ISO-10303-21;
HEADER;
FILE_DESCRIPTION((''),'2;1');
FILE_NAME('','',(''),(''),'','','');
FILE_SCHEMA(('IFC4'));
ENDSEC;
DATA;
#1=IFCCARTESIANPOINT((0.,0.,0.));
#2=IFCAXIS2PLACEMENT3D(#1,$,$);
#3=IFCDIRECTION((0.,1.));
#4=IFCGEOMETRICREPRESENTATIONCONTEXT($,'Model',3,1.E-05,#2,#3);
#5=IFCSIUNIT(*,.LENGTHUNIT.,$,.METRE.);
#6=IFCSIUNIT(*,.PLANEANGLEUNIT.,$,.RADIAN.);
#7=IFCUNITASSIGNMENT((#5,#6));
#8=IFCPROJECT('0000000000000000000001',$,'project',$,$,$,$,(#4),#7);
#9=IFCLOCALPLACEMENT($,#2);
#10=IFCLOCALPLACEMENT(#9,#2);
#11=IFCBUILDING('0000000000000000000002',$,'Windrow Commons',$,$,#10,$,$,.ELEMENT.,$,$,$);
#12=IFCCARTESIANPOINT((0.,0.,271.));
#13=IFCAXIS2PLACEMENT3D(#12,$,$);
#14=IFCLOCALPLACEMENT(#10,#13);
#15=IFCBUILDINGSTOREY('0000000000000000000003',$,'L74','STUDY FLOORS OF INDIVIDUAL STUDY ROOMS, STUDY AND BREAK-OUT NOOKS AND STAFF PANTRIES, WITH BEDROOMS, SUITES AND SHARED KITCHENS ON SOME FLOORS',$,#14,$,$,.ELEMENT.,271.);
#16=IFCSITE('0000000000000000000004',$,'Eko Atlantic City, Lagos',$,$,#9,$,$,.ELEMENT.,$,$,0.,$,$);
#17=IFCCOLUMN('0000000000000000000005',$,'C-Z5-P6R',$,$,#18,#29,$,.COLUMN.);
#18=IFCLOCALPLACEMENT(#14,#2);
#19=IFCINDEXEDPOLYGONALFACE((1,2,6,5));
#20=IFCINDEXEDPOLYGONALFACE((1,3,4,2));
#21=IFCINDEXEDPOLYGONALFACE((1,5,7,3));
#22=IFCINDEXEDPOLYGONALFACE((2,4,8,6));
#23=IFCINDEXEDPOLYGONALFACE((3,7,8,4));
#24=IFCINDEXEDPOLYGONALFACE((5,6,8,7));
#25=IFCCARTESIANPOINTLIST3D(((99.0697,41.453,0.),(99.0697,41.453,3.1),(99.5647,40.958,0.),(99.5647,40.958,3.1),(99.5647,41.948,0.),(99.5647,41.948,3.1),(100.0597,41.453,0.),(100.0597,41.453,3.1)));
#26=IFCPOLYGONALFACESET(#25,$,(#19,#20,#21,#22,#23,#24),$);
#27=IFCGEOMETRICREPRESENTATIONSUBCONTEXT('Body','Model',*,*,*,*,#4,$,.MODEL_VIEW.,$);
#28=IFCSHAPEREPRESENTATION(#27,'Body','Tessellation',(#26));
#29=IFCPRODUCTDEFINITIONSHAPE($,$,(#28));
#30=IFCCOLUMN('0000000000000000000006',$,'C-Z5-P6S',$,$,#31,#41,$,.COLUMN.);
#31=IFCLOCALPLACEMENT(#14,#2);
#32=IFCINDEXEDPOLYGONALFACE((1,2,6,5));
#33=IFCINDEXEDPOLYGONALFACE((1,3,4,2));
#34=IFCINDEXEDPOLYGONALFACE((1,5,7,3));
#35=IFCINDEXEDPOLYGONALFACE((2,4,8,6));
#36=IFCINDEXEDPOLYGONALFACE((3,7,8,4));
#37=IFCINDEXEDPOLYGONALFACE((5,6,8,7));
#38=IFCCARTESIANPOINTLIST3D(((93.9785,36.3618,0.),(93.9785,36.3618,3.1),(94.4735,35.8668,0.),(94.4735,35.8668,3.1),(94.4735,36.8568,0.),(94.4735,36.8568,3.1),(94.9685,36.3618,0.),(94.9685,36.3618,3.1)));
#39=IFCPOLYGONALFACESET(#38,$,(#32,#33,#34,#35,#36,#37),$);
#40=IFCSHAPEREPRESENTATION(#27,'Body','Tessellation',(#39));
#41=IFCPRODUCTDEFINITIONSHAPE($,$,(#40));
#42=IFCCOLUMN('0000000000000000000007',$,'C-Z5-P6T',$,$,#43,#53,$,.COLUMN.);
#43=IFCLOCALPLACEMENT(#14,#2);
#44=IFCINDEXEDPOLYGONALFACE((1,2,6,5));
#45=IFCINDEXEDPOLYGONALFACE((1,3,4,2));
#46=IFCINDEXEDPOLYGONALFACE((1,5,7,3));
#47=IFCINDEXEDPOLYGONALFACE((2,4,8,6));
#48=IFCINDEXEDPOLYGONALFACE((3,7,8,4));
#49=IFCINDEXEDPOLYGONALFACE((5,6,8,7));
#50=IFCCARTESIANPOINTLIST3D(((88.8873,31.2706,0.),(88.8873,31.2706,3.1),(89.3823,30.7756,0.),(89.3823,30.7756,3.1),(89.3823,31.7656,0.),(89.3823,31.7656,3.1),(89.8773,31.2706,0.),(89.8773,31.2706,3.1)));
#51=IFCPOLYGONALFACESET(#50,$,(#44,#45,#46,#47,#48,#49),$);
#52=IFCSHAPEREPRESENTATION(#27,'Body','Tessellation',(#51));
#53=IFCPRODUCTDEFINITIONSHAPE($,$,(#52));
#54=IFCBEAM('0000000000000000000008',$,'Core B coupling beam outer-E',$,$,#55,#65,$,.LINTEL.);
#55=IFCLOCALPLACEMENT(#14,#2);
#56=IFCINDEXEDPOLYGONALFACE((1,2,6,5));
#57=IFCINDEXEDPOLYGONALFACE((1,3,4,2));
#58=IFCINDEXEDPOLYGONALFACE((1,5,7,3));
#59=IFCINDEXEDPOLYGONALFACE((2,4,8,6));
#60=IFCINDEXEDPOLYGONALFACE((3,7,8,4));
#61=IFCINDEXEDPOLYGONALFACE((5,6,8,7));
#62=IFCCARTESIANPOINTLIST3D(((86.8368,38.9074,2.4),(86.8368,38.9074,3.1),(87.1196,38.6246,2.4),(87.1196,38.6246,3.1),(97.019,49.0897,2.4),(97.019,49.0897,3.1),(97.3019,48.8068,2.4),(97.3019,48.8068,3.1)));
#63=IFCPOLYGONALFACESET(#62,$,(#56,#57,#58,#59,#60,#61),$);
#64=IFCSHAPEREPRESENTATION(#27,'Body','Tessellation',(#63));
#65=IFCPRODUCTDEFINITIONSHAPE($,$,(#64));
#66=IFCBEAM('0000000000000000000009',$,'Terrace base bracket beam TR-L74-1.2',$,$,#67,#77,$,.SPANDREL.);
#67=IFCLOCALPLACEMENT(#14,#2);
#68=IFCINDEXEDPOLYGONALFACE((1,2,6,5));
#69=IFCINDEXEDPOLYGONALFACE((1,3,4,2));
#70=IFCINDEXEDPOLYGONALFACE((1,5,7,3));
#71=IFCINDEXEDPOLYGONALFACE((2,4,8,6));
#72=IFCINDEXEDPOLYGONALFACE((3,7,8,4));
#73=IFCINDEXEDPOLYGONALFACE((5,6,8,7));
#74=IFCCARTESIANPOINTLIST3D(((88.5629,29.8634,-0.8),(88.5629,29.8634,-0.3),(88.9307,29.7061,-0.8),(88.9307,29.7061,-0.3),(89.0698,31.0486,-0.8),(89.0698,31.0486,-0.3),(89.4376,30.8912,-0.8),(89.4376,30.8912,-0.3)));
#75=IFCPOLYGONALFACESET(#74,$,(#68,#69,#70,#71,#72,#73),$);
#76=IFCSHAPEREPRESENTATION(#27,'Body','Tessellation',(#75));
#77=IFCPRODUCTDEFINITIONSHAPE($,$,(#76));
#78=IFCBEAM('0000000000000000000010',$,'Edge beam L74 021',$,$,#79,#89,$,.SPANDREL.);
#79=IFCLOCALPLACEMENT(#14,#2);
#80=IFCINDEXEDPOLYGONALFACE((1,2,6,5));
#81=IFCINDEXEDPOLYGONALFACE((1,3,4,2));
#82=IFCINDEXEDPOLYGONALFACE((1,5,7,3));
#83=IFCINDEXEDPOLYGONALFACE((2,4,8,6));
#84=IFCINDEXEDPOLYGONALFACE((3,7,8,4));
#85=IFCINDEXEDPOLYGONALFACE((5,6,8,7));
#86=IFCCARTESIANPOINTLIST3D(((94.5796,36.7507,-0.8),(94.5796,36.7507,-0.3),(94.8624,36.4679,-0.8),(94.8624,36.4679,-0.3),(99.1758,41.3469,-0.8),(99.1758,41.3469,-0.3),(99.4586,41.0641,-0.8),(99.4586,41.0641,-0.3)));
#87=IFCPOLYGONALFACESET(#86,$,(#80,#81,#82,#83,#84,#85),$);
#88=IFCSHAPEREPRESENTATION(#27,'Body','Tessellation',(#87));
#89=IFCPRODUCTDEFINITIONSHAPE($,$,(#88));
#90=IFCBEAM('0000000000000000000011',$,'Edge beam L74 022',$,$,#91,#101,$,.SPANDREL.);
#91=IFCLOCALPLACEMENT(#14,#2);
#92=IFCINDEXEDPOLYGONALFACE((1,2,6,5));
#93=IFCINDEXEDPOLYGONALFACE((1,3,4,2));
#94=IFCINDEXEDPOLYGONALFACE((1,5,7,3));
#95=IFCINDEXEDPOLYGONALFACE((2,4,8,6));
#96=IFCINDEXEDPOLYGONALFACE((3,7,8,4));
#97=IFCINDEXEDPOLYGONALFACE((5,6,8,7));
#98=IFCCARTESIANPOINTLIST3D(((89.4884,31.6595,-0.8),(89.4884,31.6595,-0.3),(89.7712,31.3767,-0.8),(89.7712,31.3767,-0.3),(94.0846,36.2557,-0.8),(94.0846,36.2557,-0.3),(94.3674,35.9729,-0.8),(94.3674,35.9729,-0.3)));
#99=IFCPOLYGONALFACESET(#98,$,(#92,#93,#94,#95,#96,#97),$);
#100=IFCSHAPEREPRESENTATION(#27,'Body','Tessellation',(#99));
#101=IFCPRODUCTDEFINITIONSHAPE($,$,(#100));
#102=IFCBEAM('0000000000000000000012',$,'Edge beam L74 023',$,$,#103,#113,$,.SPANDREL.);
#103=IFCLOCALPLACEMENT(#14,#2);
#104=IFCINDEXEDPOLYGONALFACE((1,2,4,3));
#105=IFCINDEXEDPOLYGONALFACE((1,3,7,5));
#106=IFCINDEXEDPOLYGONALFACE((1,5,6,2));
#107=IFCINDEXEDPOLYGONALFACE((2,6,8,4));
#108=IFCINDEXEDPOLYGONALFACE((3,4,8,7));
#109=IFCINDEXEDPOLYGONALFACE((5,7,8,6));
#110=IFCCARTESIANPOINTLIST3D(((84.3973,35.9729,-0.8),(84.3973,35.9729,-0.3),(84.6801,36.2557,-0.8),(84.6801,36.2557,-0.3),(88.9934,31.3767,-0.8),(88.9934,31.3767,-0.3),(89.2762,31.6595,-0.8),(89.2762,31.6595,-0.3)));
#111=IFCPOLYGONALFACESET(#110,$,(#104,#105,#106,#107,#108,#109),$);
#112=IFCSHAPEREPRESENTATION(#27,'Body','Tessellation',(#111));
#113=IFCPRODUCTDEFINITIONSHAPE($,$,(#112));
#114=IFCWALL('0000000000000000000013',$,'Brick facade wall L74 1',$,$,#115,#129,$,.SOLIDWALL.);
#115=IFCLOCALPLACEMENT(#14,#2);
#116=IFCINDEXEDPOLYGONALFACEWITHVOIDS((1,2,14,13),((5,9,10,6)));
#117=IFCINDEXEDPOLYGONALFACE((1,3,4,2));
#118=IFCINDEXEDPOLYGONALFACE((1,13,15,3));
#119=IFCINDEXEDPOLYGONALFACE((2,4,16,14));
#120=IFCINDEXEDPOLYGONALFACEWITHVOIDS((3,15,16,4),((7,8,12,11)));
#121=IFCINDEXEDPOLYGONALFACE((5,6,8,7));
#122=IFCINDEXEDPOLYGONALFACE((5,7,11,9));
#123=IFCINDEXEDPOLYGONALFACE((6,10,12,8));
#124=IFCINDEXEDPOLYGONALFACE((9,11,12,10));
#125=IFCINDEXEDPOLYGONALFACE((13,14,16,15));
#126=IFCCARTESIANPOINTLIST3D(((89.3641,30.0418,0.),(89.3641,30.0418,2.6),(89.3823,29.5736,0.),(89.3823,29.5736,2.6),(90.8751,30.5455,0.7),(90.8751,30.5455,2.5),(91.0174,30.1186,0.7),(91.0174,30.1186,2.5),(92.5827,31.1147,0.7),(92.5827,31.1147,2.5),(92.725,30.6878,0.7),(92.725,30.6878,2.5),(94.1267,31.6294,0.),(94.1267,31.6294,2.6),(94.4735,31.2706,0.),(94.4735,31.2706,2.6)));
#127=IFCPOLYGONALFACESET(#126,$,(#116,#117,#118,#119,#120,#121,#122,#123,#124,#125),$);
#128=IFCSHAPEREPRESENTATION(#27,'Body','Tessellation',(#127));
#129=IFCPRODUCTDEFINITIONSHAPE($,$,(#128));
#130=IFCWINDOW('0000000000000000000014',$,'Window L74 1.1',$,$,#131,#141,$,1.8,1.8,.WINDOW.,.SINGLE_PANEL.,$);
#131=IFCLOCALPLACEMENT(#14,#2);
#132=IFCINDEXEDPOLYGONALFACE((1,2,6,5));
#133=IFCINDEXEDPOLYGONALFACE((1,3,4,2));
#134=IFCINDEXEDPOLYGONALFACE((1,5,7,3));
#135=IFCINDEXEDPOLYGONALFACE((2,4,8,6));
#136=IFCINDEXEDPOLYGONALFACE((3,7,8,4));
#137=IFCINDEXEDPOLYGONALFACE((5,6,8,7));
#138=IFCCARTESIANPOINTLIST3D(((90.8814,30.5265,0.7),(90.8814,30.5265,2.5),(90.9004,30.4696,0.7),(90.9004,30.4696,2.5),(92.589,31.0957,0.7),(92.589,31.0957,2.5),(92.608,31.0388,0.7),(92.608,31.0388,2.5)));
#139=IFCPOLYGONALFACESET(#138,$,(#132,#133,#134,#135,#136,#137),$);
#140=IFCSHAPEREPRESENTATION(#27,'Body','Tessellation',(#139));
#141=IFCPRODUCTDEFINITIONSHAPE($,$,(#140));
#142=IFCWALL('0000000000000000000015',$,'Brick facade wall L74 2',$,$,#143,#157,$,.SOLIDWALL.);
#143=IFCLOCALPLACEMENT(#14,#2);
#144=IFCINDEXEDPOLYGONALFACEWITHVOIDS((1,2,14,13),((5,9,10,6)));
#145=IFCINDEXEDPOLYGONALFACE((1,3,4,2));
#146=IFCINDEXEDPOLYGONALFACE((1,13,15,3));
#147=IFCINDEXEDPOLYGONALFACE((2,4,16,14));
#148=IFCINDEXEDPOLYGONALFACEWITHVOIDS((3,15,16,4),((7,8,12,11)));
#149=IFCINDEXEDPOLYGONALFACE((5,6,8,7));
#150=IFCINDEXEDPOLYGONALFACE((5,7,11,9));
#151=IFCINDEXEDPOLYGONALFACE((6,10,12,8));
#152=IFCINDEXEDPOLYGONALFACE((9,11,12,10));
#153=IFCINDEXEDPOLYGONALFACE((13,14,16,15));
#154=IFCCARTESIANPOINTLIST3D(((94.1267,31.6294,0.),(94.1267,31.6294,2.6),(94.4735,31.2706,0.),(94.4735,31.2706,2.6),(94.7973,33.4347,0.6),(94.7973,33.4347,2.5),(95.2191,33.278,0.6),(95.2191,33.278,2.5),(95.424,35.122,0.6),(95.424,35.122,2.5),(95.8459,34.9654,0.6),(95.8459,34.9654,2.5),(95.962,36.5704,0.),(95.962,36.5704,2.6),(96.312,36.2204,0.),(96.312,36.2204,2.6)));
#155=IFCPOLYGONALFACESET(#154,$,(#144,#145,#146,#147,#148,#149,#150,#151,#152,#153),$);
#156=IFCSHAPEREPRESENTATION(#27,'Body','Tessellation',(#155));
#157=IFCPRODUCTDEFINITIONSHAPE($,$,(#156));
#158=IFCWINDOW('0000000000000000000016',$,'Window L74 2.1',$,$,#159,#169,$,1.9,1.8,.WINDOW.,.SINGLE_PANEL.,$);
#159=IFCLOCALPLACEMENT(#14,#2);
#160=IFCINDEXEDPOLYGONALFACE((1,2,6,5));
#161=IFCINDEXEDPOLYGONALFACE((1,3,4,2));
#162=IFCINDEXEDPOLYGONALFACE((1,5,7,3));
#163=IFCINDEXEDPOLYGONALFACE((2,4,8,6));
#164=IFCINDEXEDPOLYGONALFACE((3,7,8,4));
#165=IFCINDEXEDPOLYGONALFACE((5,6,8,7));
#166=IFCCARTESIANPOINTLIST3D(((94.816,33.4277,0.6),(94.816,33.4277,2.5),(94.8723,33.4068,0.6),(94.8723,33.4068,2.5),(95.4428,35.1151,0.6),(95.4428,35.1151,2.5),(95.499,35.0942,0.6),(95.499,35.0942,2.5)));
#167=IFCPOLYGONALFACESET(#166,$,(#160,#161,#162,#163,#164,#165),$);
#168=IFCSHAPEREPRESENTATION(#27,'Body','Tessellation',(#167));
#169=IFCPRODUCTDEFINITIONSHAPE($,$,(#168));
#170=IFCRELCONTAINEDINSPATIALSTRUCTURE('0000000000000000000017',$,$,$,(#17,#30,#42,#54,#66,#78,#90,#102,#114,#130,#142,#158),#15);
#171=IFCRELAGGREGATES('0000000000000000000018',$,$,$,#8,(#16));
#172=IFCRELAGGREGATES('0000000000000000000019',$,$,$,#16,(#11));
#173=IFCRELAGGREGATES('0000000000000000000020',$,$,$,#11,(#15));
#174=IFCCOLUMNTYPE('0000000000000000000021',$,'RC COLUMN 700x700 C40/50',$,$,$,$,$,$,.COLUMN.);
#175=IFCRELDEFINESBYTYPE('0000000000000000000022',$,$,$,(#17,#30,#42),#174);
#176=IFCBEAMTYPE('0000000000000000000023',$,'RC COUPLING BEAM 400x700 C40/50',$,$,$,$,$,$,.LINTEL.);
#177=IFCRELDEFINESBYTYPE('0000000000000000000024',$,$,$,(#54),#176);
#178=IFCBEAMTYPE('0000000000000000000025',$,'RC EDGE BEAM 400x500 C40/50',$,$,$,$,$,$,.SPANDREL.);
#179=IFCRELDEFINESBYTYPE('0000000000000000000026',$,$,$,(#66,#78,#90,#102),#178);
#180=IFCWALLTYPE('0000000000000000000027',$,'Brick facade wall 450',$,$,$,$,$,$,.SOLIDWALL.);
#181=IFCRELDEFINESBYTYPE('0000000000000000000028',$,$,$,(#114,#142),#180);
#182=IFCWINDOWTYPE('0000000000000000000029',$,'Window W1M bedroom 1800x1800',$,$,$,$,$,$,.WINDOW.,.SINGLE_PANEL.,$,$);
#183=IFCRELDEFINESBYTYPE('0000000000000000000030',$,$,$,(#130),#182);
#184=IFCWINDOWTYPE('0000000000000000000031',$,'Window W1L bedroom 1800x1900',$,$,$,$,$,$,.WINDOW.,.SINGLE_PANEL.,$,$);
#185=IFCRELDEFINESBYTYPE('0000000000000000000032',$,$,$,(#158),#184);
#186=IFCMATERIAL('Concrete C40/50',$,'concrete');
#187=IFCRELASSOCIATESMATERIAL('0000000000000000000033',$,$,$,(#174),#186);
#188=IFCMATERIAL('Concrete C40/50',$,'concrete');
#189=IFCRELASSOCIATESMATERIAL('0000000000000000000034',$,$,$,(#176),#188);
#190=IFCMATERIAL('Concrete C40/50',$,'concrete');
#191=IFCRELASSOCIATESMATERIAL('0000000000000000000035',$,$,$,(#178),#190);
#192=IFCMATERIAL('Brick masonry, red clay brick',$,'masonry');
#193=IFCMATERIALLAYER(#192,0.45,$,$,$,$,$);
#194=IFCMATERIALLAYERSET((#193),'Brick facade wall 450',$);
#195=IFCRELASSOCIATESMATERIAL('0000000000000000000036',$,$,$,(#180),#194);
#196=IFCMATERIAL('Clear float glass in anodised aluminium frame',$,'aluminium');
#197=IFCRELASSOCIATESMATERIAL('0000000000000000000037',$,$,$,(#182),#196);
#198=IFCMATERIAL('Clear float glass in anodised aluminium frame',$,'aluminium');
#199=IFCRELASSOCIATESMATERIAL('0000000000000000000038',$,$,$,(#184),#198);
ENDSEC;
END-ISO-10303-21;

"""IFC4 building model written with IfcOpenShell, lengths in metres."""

from ifc_helpers import new_model, si_unit, direction, frame, frame_2d, origin, origin_2d, place, context, subcontext, project, spatial, polyline, rectangle, outline, extrude, material, layer, layer_set, material_profile, profile_set, type_object, element, fill, save


model = new_model("IFC4")

# Units and contexts
model_context = context("Model", 3, precision=1e-05, world=origin(), true_north=direction((0.0, 1.0)))
body_context = subcontext(model_context, "Body", "Model", "MODEL_VIEW")
ifc_project = project(units=[si_unit("LENGTHUNIT", "METRE"), si_unit("PLANEANGLEUNIT", "RADIAN")], contexts=[model_context])

# Site, building, storey
site_placement = place(None, origin())
site = spatial("IfcSite", under=ifc_project, at=site_placement, Name="Eko Atlantic City, Lagos", CompositionType="ELEMENT", RefElevation=0.0)
building_placement = place(site_placement, origin())
building = spatial("IfcBuilding", under=site, at=building_placement, Name="Windrow Commons", CompositionType="ELEMENT")
storey_placement = place(building_placement, frame((0.0, 0.0, 271.0)))
storey = spatial("IfcBuildingStorey", under=building, at=storey_placement, Name="L74", Description="STUDY FLOORS OF INDIVIDUAL STUDY ROOMS, STUDY AND BREAK-OUT NOOKS AND STAFF PANTRIES, WITH BEDROOMS, SUITES AND SHARED KITCHENS ON SOME FLOORS", CompositionType="ELEMENT", Elevation=271.0)

# Columns
ifc_material_1 = material(Name="Concrete C40/50", Category="concrete")
ifc_material_profile_1 = material_profile(ifc_material_1, rectangle(XDim=0.7, YDim=0.7, at=origin_2d()))
ifc_profile_set_1 = profile_set([ifc_material_profile_1], Name="Concrete C40/50")
column_type = type_object("IfcColumnType", Name="RC COLUMN 700x700 C40/50", PredefinedType="COLUMN", material=ifc_profile_set_1)
for number, where, z_axis, x_axis, name in (
    (1, (99.5647, 41.453, 0.0), (0.0, 0.0, 1.0), (0.707107, -0.707107, 0.0), "C-Z5-P6R"),
    (2, (94.4735, 36.3618, 0.0), (0.0, 0.0, 1.0), (0.707107, -0.707107, 0.0), "C-Z5-P6S"),
    (3, (89.3823, 31.2706, 0.0), (0.0, 0.0, 1.0), (0.707107, -0.707107, 0.0), "C-Z5-P6T"),
):
    element("IfcColumn", number, at=place(storey_placement, frame(where, z_axis=z_axis, x_axis=x_axis)), inside=storey, type_object=column_type, Name=name, PredefinedType="COLUMN", context=body_context, shape_type="SweptSolid", body=[
        extrude(rectangle(XDim=0.7, YDim=0.7, at=origin_2d()), origin(), (0.0, 0.0, 1.0), 3.1),
    ])

# Beams
ifc_material_2 = material(Name="Concrete C40/50", Category="concrete")
ifc_material_profile_2 = material_profile(ifc_material_2, rectangle(XDim=0.4, YDim=0.7, at=origin_2d()))
ifc_profile_set_2 = profile_set([ifc_material_profile_2], Name="Concrete C40/50")
beam_type_1 = type_object("IfcBeamType", Name="RC COUPLING BEAM 400x700 C40/50", PredefinedType="LINTEL", material=ifc_profile_set_2)
beam_1_placement = place(storey_placement, frame((86.9782, 38.766, 2.75), z_axis=(0.707107, 0.707107, 0.0), x_axis=(-0.707107, 0.707107, 0.0)))
element("IfcBeam", 4, at=beam_1_placement, inside=storey, type_object=beam_type_1, Name="Core B coupling beam outer-E", PredefinedType="LINTEL", context=body_context, shape_type="SweptSolid", body=[
    extrude(rectangle(XDim=0.4, YDim=0.7, at=origin_2d()), origin(), (0.0, 0.0, 1.0), 14.3999),
])
ifc_material_3 = material(Name="Concrete C40/50", Category="concrete")
ifc_material_profile_3 = material_profile(ifc_material_3, rectangle(XDim=0.4, YDim=0.5, at=origin_2d()))
ifc_profile_set_3 = profile_set([ifc_material_profile_3], Name="Concrete C40/50")
beam_type_2 = type_object("IfcBeamType", Name="RC EDGE BEAM 400x500 C40/50", PredefinedType="SPANDREL", material=ifc_profile_set_3)
beam_2_placement = place(storey_placement, frame((89.2537, 30.9699, -0.55), z_axis=(-0.393264, -0.919426, 0.0), x_axis=(0.919426, -0.393264, 0.0)))
element("IfcBeam", 5, at=beam_2_placement, inside=storey, type_object=beam_type_2, Name="Terrace base bracket beam TR-L74-1.2", PredefinedType="SPANDREL", context=body_context, shape_type="SweptSolid", body=[
    extrude(rectangle(XDim=0.4, YDim=0.5, at=origin_2d()), origin(), (0.0, 0.0, 1.0), 1.289),
])
for number, where, z_axis, x_axis, name in (
    (6, (99.3172, 41.2055, -0.55), (-0.707107, -0.707107, 0.0), (0.707107, -0.707107, 0.0), "Edge beam L74 021"),
    (7, (94.226, 36.1143, -0.55), (-0.707107, -0.707107, 0.0), (0.707107, -0.707107, 0.0), "Edge beam L74 022"),
):
    element("IfcBeam", number, at=place(storey_placement, frame(where, z_axis=z_axis, x_axis=x_axis)), inside=storey, type_object=beam_type_2, Name=name, PredefinedType="SPANDREL", context=body_context, shape_type="SweptSolid", body=[
        extrude(rectangle(XDim=0.4, YDim=0.5, at=origin_2d()), origin(), (0.0, 0.0, 1.0), 6.5),
    ])
beam_3_placement = place(storey_placement, frame((89.1348, 31.5181, -0.55), z_axis=(-0.707099, 0.707114, 0.0), x_axis=(-0.707114, -0.707099, 0.0)))
element("IfcBeam", 8, at=beam_3_placement, inside=storey, type_object=beam_type_2, Name="Edge beam L74 023", PredefinedType="SPANDREL", context=body_context, shape_type="SweptSolid", body=[
    extrude(rectangle(XDim=0.4, YDim=0.5, at=origin_2d()), origin(), (0.0, 0.0, 1.0), 6.4999),
])

# Walls, openings, windows
ifc_material_4 = material(Name="Brick masonry, red clay brick", Category="masonry")
ifc_layer_1 = layer(ifc_material_4, 0.45)
ifc_layer_set_1 = layer_set([ifc_layer_1], Name="Brick facade wall 450")
wall_type_1 = type_object("IfcWallType", Name="Brick facade wall 450", PredefinedType="SOLIDWALL", material=ifc_layer_set_1)
wall_1_placement = place(storey_placement, frame((89.3732, 29.8077, 0.0), z_axis=(0.0, 0.0, 1.0), x_axis=(0.948683, 0.316228, 0.0)))
wall_1 = element("IfcWall", 9, at=wall_1_placement, inside=storey, type_object=wall_type_1, Name="Brick facade wall L74 1", PredefinedType="SOLIDWALL", context=body_context, shape_type="SweptSolid", body=[
    extrude(outline(polyline([(-0.0654, -0.225), (5.3012, -0.225), (5.0856, 0.225), (0.0654, 0.225), (-0.0654, -0.225)])), origin(), (0.0, 0.0, 1.0), 2.6),
])
opening_1_placement = place(wall_1_placement, frame((1.6581, 0.0, 0.7)))
opening_1 = element("IfcOpeningElement", 10, at=opening_1_placement, cuts=wall_1, PredefinedType="OPENING", context=body_context, shape_type="SweptSolid", body=[
    extrude(rectangle(XDim=1.8, YDim=1.8, at=frame_2d((0.9, 0.9))), frame((0.0, 0.235, 0.0), z_axis=(0.0, -1.0, 0.0), x_axis=(1.0, 0.0, 0.0)), (0.0, 0.0, 1.0), 0.47),
])
ifc_material_5 = material(Name="Clear float glass in anodised aluminium frame", Category="aluminium")
window_type_1 = type_object("IfcWindowType", Name="Window W1M bedroom 1800x1800", PartitioningType="SINGLE_PANEL", PredefinedType="WINDOW", material=ifc_material_5)
window_1_placement = place(opening_1_placement, origin())
window_1 = element("IfcWindow", 11, at=window_1_placement, inside=storey, type_object=window_type_1, Name="Window L74 1.1", OverallHeight=1.8, OverallWidth=1.8, PartitioningType="SINGLE_PANEL", PredefinedType="WINDOW", context=body_context, shape_type="SweptSolid", body=[
    extrude(rectangle(XDim=1.8, YDim=1.8, at=frame_2d((0.9, 0.9))), frame((0.0, 0.205, 0.0), z_axis=(0.0, -1.0, 0.0), x_axis=(1.0, 0.0, 0.0)), (0.0, 0.0, 1.0), 0.06),
])
fill(opening_1, window_1)
wall_2_placement = place(storey_placement, frame((94.3001, 31.45, 0.0), z_axis=(0.0, 0.0, 1.0), x_axis=(0.348193, 0.937423, 0.0)))
wall_2 = element("IfcWall", 12, at=wall_2_placement, inside=storey, type_object=wall_type_1, Name="Brick facade wall L74 2", PredefinedType="SOLIDWALL", context=body_context, shape_type="SweptSolid", body=[
    extrude(outline(polyline([(-0.1078, -0.225), (5.1724, -0.225), (5.3786, 0.225), (0.1078, 0.225), (-0.1078, -0.225)])), origin(), (0.0, 0.0, 1.0), 2.6),
])
opening_2_placement = place(wall_2_placement, frame((2.0336, 0.0, 0.6)))
opening_2 = element("IfcOpeningElement", 13, at=opening_2_placement, cuts=wall_2, PredefinedType="OPENING", context=body_context, shape_type="SweptSolid", body=[
    extrude(rectangle(XDim=1.8, YDim=1.9, at=frame_2d((0.9, 0.95))), frame((0.0, 0.235, 0.0), z_axis=(0.0, -1.0, 0.0), x_axis=(1.0, 0.0, 0.0)), (0.0, 0.0, 1.0), 0.47),
])
ifc_material_6 = material(Name="Clear float glass in anodised aluminium frame", Category="aluminium")
window_type_2 = type_object("IfcWindowType", Name="Window W1L bedroom 1800x1900", PartitioningType="SINGLE_PANEL", PredefinedType="WINDOW", material=ifc_material_6)
window_2_placement = place(opening_2_placement, origin())
window_2 = element("IfcWindow", 14, at=window_2_placement, inside=storey, type_object=window_type_2, Name="Window L74 2.1", OverallHeight=1.9, OverallWidth=1.8, PartitioningType="SINGLE_PANEL", PredefinedType="WINDOW", context=body_context, shape_type="SweptSolid", body=[
    extrude(rectangle(XDim=1.8, YDim=1.9, at=frame_2d((0.9, 0.95))), frame((0.0, 0.205, 0.0), z_axis=(0.0, -1.0, 0.0), x_axis=(1.0, 0.0, 0.0)), (0.0, 0.0, 1.0), 0.06),
])
fill(opening_2, window_2)

save(model, "model.ifc")
